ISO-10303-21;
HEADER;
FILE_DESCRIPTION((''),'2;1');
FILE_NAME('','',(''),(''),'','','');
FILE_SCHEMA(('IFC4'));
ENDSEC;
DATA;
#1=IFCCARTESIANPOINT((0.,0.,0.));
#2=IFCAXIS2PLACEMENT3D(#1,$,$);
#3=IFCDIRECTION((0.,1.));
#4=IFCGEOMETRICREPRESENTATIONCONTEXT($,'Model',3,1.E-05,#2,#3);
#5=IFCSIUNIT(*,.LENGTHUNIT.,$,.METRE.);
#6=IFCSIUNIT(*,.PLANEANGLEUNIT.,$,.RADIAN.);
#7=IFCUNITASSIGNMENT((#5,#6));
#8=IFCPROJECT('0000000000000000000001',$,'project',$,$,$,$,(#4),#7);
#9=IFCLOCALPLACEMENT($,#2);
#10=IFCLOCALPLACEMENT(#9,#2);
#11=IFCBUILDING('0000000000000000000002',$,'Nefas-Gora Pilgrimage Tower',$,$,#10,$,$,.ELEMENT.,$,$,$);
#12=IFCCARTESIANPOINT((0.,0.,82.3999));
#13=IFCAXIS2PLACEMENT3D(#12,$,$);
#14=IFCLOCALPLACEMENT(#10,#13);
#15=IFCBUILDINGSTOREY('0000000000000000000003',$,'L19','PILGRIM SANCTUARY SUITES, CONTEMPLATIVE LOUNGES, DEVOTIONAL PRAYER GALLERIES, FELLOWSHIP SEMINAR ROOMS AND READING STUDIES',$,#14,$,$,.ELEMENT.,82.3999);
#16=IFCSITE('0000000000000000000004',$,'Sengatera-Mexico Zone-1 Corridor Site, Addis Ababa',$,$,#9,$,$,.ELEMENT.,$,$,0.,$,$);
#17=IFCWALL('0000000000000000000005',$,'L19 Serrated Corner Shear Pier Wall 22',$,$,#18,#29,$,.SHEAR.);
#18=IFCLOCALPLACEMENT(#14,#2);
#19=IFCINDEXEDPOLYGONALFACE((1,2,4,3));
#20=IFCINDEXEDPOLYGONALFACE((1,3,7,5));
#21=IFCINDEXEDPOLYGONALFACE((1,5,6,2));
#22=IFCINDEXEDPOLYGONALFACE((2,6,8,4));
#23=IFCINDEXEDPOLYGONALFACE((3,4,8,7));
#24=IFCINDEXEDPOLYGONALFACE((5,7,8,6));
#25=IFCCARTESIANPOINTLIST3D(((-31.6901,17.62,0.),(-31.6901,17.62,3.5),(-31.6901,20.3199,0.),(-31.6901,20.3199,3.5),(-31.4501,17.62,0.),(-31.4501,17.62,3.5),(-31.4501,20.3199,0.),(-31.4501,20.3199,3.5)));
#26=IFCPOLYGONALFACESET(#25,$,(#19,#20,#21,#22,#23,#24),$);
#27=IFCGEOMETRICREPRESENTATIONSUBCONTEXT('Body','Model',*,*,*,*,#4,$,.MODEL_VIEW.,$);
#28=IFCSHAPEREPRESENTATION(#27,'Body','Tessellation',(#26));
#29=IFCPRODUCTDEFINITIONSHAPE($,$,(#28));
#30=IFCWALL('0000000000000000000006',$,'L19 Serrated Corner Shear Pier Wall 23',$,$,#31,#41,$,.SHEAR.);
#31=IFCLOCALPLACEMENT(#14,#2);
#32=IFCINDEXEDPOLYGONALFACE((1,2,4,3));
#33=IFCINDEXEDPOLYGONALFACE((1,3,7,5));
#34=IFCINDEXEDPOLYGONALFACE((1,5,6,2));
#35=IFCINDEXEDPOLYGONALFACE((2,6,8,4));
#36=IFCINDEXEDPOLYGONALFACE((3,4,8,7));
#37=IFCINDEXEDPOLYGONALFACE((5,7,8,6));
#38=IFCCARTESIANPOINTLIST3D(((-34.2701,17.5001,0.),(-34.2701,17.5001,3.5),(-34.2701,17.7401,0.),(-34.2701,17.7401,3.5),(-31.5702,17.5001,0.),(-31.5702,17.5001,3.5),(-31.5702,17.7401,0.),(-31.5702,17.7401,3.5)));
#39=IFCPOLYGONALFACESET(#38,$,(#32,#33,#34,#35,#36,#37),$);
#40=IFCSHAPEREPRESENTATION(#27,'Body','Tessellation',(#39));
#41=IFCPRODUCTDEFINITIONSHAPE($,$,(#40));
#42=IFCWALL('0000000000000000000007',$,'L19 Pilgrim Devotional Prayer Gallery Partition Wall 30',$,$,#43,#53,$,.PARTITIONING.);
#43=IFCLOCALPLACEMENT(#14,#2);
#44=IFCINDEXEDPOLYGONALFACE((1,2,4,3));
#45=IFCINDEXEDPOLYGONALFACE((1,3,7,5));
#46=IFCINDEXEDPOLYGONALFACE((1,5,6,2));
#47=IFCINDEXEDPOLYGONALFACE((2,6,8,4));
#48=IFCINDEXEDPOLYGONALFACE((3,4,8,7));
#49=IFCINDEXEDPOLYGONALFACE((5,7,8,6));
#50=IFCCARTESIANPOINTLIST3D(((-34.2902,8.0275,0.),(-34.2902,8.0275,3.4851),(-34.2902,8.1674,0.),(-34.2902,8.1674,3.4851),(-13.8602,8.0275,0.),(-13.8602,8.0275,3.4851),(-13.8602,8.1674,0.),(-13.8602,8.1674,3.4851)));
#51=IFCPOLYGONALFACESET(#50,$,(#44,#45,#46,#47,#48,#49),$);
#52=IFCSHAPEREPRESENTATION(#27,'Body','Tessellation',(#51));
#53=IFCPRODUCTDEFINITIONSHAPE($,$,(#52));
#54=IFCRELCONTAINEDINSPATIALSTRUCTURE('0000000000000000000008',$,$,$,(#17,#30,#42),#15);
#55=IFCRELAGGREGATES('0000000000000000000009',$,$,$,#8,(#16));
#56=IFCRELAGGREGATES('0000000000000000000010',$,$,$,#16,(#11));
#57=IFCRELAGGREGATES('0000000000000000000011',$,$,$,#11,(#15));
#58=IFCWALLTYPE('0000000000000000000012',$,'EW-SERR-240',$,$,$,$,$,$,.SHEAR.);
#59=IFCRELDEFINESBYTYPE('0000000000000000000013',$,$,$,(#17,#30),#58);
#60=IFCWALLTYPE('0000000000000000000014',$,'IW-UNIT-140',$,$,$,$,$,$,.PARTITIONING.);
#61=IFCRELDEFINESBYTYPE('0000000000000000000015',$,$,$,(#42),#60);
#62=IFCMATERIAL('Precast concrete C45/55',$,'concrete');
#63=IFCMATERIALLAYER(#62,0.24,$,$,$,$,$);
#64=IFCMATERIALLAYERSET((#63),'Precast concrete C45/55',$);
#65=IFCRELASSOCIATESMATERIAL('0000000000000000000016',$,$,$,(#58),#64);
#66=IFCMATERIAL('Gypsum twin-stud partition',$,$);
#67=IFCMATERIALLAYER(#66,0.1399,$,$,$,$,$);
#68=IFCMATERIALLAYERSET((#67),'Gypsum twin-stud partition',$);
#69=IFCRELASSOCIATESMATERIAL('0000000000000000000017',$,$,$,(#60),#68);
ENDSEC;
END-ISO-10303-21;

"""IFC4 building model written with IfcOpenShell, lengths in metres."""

from ifc_helpers import new_model, si_unit, direction, frame, frame_2d, origin, place, context, subcontext, project, spatial, rectangle, extrude, source, transform, mapped, material, layer, layer_set, type_object, element, save


model = new_model("IFC4")

# Units and contexts
model_context = context("Model", 3, precision=1e-05, world=origin(), true_north=direction((0.0, 1.0)))
body_context = subcontext(model_context, "Body", "Model", "MODEL_VIEW")
ifc_project = project(units=[si_unit("LENGTHUNIT", "METRE"), si_unit("PLANEANGLEUNIT", "RADIAN")], contexts=[model_context])

# Site, building, storey
site_placement = place(None, origin())
site = spatial("IfcSite", under=ifc_project, at=site_placement, Name="Sengatera-Mexico Zone-1 Corridor Site, Addis Ababa", CompositionType="ELEMENT", RefElevation=0.0)
building_placement = place(site_placement, origin())
building = spatial("IfcBuilding", under=site, at=building_placement, Name="Nefas-Gora Pilgrimage Tower", CompositionType="ELEMENT")
storey_placement = place(building_placement, frame((0.0, 0.0, 82.3999)))
storey = spatial("IfcBuildingStorey", under=building, at=storey_placement, Name="L19", Description="PILGRIM SANCTUARY SUITES, CONTEMPLATIVE LOUNGES, DEVOTIONAL PRAYER GALLERIES, FELLOWSHIP SEMINAR ROOMS AND READING STUDIES", CompositionType="ELEMENT", Elevation=82.3999)

# Shared definitions
ifc_material_1 = material(Name="Precast concrete C45/55", Category="concrete")
ifc_layer_1 = layer(ifc_material_1, 0.24)
ifc_layer_set_1 = layer_set([ifc_layer_1], Name="Precast concrete C45/55")
wall_type_1 = type_object("IfcWallType", Name="EW-SERR-240", PredefinedType="SHEAR", material=ifc_layer_set_1)
shared_shape_1 = source(origin(), body_context, "Body", "SweptSolid", [
    extrude(rectangle(XDim=2.7, YDim=0.24, at=frame_2d((1.3501, 0.0))), origin(), (0.0, 0.0, 1.0), 3.5),
])

# Walls
for number, where, z_axis, x_axis, name in (
    (1, (-31.5701, 20.3201, 0.0), (0.0, 0.0, 1.0), (0.0, -1.0, 0.0), "L19 Serrated Corner Shear Pier Wall 22"),
    (2, (-31.5701, 17.6201, 0.0), (0.0, 0.0, 1.0), (-1.0, 0.0, 0.0), "L19 Serrated Corner Shear Pier Wall 23"),
):
    element("IfcWall", number, at=place(storey_placement, frame(where, z_axis=z_axis, x_axis=x_axis)), inside=storey, type_object=wall_type_1, Name=name, PredefinedType="SHEAR", context=body_context, shape_type="MappedRepresentation", body=[
        mapped(shared_shape_1, transform((0.0, 0.0, 0.0), x_axis=(1.0, 0.0, 0.0), y_axis=(0.0, 1.0, 0.0), z_axis=(0.0, 0.0, 1.0), scale=1.0)),
    ])
ifc_material_2 = material(Name="Gypsum twin-stud partition")
ifc_layer_2 = layer(ifc_material_2, 0.1399)
ifc_layer_set_2 = layer_set([ifc_layer_2], Name="Gypsum twin-stud partition")
wall_type_2 = type_object("IfcWallType", Name="IW-UNIT-140", PredefinedType="PARTITIONING", material=ifc_layer_set_2)
shared_shape_2 = source(origin(), body_context, "Body", "SweptSolid", [
    extrude(rectangle(XDim=20.4299, YDim=0.1399, at=frame_2d((10.2148, 0.0))), origin(), (0.0, 0.0, 1.0), 3.4851),
])
wall_1_placement = place(storey_placement, frame((-34.29, 8.0974, 0.0), z_axis=(0.0, 0.0, 1.0), x_axis=(1.0, 0.0, 0.0)))
element("IfcWall", 3, at=wall_1_placement, inside=storey, type_object=wall_type_2, Name="L19 Pilgrim Devotional Prayer Gallery Partition Wall 30", PredefinedType="PARTITIONING", context=body_context, shape_type="MappedRepresentation", body=[
    mapped(shared_shape_2, transform((0.0, 0.0, 0.0), x_axis=(1.0, 0.0, 0.0), y_axis=(0.0, 1.0, 0.0), z_axis=(0.0, 0.0, 1.0), scale=1.0)),
])

save(model, "model.ifc")
